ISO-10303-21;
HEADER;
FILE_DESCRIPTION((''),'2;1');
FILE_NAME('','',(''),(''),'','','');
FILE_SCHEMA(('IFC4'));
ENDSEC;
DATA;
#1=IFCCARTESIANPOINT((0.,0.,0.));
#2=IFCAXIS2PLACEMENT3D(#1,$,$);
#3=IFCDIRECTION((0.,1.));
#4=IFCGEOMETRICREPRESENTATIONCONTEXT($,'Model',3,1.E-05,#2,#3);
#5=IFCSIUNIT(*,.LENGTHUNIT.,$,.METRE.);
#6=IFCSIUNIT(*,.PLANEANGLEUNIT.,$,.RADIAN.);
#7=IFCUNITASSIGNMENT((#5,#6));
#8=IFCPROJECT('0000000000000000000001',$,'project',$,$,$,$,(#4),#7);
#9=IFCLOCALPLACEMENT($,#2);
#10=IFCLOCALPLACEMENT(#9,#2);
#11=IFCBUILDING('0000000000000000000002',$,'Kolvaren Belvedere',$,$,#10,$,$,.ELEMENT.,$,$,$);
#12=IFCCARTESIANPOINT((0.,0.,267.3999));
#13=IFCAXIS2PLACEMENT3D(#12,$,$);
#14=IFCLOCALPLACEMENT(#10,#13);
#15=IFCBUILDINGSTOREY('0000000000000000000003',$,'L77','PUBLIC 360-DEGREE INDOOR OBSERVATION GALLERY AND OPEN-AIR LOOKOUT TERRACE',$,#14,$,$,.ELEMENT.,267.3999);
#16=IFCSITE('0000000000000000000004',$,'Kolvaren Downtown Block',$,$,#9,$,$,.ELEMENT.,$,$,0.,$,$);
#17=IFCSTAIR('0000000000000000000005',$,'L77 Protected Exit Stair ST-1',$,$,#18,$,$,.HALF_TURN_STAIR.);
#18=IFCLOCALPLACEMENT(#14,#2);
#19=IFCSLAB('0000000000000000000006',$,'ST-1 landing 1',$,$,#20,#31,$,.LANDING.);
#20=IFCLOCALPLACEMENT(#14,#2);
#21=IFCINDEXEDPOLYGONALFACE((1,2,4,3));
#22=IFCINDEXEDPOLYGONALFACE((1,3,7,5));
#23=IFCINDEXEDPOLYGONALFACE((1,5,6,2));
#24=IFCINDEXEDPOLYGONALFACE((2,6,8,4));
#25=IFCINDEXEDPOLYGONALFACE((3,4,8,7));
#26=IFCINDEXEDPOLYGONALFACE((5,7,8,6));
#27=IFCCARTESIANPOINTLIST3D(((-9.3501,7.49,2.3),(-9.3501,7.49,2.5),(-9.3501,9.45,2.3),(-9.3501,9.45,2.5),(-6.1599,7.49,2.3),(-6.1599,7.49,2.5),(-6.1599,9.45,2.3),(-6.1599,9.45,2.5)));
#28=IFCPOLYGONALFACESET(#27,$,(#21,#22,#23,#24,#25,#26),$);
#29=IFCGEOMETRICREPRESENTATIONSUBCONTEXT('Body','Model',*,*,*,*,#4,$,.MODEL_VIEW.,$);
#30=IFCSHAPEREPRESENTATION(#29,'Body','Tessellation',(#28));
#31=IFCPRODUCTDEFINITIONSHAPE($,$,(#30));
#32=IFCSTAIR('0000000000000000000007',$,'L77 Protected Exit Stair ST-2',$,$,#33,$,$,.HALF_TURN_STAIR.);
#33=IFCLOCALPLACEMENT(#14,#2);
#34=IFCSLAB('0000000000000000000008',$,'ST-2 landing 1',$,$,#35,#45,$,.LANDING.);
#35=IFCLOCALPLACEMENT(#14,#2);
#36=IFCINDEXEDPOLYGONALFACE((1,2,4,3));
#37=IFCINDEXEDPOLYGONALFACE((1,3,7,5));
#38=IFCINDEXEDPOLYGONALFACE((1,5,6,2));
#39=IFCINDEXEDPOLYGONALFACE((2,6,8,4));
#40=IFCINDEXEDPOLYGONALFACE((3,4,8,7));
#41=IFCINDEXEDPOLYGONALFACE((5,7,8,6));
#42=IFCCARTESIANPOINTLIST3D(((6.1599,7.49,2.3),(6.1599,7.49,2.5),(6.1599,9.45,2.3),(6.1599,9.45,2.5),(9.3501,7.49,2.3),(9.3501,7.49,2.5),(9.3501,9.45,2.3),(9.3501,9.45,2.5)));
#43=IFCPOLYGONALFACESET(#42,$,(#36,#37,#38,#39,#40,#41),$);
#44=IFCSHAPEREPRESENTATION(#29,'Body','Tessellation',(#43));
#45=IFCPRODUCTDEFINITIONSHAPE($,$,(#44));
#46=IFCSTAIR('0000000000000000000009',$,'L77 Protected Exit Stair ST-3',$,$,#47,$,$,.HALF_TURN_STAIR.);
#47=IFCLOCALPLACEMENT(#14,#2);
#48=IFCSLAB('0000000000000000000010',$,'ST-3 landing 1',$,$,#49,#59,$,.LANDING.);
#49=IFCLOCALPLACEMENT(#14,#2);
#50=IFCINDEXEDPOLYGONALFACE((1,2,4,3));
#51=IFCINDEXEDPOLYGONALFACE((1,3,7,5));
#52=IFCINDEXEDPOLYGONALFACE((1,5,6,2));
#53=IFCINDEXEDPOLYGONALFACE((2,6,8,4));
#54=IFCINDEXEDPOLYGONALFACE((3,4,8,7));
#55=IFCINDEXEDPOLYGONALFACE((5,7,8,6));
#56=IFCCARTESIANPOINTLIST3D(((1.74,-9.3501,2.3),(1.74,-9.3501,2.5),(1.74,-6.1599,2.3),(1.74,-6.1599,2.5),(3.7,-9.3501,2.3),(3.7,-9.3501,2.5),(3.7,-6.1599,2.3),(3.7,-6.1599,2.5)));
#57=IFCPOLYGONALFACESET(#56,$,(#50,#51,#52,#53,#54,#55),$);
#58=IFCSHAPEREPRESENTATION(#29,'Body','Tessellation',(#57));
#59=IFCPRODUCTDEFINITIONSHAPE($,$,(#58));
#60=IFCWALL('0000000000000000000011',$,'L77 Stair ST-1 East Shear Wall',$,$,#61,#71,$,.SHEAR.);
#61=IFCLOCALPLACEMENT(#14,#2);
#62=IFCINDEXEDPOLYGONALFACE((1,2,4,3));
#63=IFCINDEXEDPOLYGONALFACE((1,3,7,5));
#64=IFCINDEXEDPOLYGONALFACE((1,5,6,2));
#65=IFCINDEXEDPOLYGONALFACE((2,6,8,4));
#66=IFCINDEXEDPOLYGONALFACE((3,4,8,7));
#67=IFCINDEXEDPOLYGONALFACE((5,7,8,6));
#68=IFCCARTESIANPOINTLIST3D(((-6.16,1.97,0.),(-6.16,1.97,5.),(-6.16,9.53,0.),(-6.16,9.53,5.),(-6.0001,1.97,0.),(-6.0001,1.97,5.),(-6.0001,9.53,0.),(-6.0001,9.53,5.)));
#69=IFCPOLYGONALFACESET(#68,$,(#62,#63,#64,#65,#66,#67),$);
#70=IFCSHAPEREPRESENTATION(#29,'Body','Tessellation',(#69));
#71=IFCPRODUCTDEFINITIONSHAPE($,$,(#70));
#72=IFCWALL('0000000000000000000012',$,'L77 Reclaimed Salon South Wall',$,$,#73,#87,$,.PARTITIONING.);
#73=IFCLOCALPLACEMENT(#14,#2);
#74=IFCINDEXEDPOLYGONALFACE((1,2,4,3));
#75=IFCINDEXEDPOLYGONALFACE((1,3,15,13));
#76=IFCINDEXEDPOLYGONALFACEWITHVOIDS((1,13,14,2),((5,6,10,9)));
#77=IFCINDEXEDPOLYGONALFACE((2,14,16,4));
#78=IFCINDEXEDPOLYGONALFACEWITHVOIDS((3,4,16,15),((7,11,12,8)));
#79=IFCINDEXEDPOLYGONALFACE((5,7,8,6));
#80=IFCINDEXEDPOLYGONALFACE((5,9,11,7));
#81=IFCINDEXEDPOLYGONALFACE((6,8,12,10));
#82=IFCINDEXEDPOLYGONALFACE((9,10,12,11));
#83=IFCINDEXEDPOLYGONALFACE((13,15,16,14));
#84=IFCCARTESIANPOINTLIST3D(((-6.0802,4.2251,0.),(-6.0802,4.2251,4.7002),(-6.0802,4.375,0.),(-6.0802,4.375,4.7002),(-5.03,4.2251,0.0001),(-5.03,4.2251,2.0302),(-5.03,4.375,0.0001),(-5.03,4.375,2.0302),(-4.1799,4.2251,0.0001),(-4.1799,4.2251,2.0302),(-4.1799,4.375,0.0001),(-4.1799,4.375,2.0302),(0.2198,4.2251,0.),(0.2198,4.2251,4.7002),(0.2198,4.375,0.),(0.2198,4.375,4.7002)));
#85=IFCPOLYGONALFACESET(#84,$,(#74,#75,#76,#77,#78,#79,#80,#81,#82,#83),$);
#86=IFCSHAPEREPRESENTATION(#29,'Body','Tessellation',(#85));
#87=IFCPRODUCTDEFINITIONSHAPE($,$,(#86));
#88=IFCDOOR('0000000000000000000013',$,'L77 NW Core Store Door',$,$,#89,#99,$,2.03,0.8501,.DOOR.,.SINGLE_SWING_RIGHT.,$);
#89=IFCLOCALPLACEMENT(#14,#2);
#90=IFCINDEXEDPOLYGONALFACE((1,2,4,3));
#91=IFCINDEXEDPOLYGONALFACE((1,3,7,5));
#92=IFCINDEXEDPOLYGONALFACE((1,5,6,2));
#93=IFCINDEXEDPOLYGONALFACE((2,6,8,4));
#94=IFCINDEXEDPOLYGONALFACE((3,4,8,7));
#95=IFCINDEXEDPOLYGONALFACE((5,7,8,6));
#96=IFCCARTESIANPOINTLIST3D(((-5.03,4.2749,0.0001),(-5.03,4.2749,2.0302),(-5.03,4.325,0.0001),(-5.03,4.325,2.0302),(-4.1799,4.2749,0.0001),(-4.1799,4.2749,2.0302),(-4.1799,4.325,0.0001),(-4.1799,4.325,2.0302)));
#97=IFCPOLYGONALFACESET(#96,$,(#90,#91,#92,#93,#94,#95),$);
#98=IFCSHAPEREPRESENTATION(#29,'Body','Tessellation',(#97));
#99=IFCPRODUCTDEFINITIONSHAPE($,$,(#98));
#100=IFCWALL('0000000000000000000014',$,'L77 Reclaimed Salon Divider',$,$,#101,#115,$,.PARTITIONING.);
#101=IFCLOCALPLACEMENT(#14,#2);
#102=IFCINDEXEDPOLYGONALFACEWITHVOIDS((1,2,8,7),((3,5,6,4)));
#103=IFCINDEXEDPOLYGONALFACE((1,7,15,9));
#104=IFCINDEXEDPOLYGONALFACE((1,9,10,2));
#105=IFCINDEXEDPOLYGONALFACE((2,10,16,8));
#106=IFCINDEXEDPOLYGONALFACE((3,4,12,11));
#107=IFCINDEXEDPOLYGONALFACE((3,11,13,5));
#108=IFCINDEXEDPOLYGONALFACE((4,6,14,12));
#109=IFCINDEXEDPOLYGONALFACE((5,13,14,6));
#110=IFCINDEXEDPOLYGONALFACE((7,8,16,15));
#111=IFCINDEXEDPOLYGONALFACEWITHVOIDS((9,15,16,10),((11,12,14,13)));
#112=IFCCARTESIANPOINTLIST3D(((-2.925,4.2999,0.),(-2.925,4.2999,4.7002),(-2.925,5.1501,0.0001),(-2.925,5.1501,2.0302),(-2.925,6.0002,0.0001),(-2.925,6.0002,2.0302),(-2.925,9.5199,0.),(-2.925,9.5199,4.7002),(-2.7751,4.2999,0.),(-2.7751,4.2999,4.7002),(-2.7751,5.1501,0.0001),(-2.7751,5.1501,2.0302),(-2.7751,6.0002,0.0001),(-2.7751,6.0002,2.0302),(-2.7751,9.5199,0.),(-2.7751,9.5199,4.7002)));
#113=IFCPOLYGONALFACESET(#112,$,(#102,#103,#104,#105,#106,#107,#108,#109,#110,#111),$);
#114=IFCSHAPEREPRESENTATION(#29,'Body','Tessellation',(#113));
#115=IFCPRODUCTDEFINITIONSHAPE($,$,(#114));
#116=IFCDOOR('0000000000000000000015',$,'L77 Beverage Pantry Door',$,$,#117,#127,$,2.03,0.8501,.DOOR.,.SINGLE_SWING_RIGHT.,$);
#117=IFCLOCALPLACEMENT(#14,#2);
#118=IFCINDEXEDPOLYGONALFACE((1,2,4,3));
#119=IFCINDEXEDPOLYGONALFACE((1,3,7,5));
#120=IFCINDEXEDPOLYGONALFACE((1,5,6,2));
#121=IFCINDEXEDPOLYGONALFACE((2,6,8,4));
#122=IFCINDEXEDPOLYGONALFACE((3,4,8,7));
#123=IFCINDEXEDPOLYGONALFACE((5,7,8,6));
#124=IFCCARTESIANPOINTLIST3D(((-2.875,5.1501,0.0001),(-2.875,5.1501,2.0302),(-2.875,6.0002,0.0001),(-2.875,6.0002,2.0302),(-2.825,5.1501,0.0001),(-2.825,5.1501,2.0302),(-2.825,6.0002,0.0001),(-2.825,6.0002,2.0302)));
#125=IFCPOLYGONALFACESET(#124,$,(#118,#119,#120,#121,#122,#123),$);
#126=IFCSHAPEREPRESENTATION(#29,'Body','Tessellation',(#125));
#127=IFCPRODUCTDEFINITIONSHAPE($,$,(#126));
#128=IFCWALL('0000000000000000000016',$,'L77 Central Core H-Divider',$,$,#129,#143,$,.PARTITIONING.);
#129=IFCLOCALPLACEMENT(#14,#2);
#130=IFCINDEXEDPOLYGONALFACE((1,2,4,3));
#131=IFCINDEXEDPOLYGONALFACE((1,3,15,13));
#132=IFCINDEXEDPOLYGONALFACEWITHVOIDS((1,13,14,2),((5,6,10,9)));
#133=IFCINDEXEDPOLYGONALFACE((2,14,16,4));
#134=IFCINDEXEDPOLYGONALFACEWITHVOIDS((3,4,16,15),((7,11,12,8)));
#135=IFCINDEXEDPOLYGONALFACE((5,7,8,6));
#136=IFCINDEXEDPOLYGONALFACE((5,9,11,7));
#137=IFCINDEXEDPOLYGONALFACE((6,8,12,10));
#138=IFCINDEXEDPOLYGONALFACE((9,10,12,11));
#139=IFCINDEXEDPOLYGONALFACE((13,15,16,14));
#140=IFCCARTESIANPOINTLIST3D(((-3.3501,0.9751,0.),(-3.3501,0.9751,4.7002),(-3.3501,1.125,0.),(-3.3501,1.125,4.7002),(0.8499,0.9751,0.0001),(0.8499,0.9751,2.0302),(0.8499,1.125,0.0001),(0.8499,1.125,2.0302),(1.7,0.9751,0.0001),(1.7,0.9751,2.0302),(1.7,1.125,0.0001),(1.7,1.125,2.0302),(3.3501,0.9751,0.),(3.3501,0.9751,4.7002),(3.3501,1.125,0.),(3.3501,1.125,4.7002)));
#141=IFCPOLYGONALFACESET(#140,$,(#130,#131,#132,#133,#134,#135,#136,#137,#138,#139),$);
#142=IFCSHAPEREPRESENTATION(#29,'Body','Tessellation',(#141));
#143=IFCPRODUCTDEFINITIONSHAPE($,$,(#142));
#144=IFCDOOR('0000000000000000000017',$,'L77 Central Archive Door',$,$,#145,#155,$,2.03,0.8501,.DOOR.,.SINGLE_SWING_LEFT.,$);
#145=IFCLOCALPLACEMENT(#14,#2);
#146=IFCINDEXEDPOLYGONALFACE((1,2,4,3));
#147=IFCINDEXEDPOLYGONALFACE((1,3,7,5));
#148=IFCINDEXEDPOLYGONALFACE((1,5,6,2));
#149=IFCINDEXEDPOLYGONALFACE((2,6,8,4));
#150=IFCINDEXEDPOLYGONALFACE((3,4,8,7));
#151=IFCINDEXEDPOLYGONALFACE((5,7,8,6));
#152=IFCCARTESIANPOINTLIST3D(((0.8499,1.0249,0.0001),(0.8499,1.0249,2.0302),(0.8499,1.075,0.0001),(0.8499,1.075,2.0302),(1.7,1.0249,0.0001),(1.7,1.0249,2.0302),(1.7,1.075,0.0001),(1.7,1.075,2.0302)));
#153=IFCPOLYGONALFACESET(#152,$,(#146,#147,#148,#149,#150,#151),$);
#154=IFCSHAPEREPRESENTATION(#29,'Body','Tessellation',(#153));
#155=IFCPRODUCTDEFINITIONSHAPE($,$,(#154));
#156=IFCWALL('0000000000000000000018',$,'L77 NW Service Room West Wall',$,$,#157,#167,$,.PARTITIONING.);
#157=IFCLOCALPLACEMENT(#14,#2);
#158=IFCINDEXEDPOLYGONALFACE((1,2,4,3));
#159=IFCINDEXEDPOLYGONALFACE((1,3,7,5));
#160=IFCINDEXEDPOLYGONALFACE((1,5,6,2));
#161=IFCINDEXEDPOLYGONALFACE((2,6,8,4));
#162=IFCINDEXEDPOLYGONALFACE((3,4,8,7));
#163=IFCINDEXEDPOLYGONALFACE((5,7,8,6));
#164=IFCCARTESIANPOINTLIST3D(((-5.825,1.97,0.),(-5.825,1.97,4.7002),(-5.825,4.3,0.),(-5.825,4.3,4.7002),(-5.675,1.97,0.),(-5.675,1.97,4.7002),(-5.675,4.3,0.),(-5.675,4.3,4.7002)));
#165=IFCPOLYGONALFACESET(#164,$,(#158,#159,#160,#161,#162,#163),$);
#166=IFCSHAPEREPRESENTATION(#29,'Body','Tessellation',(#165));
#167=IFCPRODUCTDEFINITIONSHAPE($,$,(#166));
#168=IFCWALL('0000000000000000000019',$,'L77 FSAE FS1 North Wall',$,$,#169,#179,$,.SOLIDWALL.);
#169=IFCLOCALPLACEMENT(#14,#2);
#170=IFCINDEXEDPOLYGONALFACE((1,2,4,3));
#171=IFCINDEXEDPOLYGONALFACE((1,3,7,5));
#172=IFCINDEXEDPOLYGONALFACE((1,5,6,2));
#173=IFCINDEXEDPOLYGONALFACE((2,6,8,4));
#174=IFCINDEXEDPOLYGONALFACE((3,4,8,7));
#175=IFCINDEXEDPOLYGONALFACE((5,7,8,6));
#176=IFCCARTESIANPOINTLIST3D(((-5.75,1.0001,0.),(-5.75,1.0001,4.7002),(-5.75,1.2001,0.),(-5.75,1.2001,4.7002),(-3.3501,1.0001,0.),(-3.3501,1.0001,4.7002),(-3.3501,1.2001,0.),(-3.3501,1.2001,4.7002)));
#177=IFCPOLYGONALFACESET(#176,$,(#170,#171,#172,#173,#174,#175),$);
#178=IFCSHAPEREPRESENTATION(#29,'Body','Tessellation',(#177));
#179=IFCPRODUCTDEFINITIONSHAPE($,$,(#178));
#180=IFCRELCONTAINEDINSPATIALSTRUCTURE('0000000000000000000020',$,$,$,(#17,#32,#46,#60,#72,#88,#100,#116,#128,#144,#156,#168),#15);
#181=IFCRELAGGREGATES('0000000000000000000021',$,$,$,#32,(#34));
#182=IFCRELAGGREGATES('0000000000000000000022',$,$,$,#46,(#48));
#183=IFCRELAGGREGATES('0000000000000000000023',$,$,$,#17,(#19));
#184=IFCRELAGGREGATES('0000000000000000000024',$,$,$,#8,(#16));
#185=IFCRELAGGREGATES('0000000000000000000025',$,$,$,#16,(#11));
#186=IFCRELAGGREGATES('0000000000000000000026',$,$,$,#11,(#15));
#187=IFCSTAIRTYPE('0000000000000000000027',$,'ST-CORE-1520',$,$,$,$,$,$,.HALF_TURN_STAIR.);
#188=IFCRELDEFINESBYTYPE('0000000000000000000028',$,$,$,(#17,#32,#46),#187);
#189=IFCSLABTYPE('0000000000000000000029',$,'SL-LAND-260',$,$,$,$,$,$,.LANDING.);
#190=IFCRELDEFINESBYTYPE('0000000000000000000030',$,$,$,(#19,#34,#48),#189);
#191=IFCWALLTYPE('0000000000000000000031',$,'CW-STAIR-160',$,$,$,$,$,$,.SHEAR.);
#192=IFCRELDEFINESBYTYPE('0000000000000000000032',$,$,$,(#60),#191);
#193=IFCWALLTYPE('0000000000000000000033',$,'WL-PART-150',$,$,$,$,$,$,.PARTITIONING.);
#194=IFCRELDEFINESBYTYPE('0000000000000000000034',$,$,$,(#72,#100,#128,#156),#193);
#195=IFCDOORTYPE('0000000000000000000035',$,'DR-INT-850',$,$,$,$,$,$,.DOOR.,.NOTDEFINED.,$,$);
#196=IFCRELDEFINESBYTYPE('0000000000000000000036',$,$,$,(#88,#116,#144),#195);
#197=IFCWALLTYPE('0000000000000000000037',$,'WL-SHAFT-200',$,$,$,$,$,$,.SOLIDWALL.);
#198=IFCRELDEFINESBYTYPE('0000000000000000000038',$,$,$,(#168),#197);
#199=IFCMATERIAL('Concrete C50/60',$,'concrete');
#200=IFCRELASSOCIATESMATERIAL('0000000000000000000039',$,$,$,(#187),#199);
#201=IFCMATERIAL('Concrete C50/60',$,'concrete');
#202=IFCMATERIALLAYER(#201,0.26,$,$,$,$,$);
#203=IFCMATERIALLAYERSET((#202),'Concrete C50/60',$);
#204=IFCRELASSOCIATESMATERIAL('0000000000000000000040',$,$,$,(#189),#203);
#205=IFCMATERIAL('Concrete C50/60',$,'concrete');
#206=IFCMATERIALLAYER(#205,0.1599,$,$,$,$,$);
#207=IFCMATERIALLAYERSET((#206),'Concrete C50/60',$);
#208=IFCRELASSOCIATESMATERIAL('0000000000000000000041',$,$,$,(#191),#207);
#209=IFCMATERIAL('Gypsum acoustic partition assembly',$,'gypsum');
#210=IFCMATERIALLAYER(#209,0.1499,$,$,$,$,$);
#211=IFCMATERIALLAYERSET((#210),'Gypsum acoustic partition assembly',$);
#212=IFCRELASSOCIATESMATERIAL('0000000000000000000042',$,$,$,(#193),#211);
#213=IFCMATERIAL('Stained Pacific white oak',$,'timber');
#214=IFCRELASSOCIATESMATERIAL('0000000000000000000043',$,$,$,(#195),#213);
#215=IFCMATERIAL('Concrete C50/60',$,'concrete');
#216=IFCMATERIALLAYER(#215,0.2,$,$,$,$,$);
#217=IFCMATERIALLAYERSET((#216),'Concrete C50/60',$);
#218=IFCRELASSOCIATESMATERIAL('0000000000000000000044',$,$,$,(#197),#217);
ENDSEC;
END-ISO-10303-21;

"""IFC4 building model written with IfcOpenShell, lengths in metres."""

from ifc_helpers import new_model, si_unit, direction, frame, frame_2d, origin, place, context, subcontext, project, spatial, polyline, rectangle, outline, extrude, material, layer, layer_set, type_object, element, fill, aggregate, save


model = new_model("IFC4")

# Units and contexts
model_context = context("Model", 3, precision=1e-05, world=origin(), true_north=direction((0.0, 1.0)))
body_context = subcontext(model_context, "Body", "Model", "MODEL_VIEW")
ifc_project = project(units=[si_unit("LENGTHUNIT", "METRE"), si_unit("PLANEANGLEUNIT", "RADIAN")], contexts=[model_context])

# Site, building, storey
site_placement = place(None, origin())
site = spatial("IfcSite", under=ifc_project, at=site_placement, Name="Kolvaren Downtown Block", CompositionType="ELEMENT", RefElevation=0.0)
building_placement = place(site_placement, origin())
building = spatial("IfcBuilding", under=site, at=building_placement, Name="Kolvaren Belvedere", CompositionType="ELEMENT")
storey_placement = place(building_placement, frame((0.0, 0.0, 267.3999)))
storey = spatial("IfcBuildingStorey", under=building, at=storey_placement, Name="L77", Description="PUBLIC 360-DEGREE INDOOR OBSERVATION GALLERY AND OPEN-AIR LOOKOUT TERRACE", CompositionType="ELEMENT", Elevation=267.3999)

# Stairs, slabs
ifc_material_1 = material(Name="Concrete C50/60", Category="concrete")
stair_type = type_object("IfcStairType", Name="ST-CORE-1520", PredefinedType="HALF_TURN_STAIR", material=ifc_material_1)
stair_1_placement = place(storey_placement, origin())
stair_1 = element("IfcStair", 1, at=stair_1_placement, inside=storey, type_object=stair_type, Name="L77 Protected Exit Stair ST-1", PredefinedType="HALF_TURN_STAIR")
ifc_material_2 = material(Name="Concrete C50/60", Category="concrete")
ifc_layer_1 = layer(ifc_material_2, 0.26)
ifc_layer_set_1 = layer_set([ifc_layer_1], Name="Concrete C50/60")
slab_type = type_object("IfcSlabType", Name="SL-LAND-260", PredefinedType="LANDING", material=ifc_layer_set_1)
slab_1_placement = place(storey_placement, frame((0.0, 0.0, 2.3)))
slab_1 = element("IfcSlab", 2, at=slab_1_placement, type_object=slab_type, Name="ST-1 landing 1", PredefinedType="LANDING", context=body_context, shape_type="SweptSolid", body=[
    extrude(outline(polyline([(-6.1599, 7.49), (-6.1599, 9.45), (-9.3501, 9.45), (-9.3501, 7.49), (-6.1599, 7.49)])), origin(), (0.0, 0.0, 1.0), 0.2),
])
stair_2_placement = place(storey_placement, origin())
stair_2 = element("IfcStair", 3, at=stair_2_placement, inside=storey, type_object=stair_type, Name="L77 Protected Exit Stair ST-2", PredefinedType="HALF_TURN_STAIR")
slab_2_placement = place(storey_placement, frame((0.0, 0.0, 2.3)))
slab_2 = element("IfcSlab", 4, at=slab_2_placement, type_object=slab_type, Name="ST-2 landing 1", PredefinedType="LANDING", context=body_context, shape_type="SweptSolid", body=[
    extrude(outline(polyline([(9.3501, 7.49), (9.3501, 9.45), (6.1599, 9.45), (6.1599, 7.49), (9.3501, 7.49)])), origin(), (0.0, 0.0, 1.0), 0.2),
])
aggregate(stair_2, [slab_2])
stair_3_placement = place(storey_placement, origin())
stair_3 = element("IfcStair", 5, at=stair_3_placement, inside=storey, type_object=stair_type, Name="L77 Protected Exit Stair ST-3", PredefinedType="HALF_TURN_STAIR")
slab_3_placement = place(storey_placement, frame((0.0, 0.0, 2.3)))
slab_3 = element("IfcSlab", 6, at=slab_3_placement, type_object=slab_type, Name="ST-3 landing 1", PredefinedType="LANDING", context=body_context, shape_type="SweptSolid", body=[
    extrude(outline(polyline([(1.74, -9.3501), (3.7, -9.3501), (3.7, -6.1599), (1.74, -6.1599), (1.74, -9.3501)])), origin(), (0.0, 0.0, 1.0), 0.2),
])
aggregate(stair_3, [slab_3])

# Wall
ifc_material_3 = material(Name="Concrete C50/60", Category="concrete")
ifc_layer_2 = layer(ifc_material_3, 0.1599)
ifc_layer_set_2 = layer_set([ifc_layer_2], Name="Concrete C50/60")
wall_type_1 = type_object("IfcWallType", Name="CW-STAIR-160", PredefinedType="SHEAR", material=ifc_layer_set_2)
wall_1_placement = place(storey_placement, frame((-6.0801, 1.97, 0.0), z_axis=(0.0, 0.0, 1.0), x_axis=(0.0, 1.0, 0.0)))
element("IfcWall", 7, at=wall_1_placement, inside=storey, type_object=wall_type_1, Name="L77 Stair ST-1 East Shear Wall", PredefinedType="SHEAR", context=body_context, shape_type="SweptSolid", body=[
    extrude(rectangle(XDim=7.5601, YDim=0.1599, at=frame_2d((3.78, 0.0))), origin(), (0.0, 0.0, 1.0), 5.0),
])

# Walls, openings, doors
ifc_material_4 = material(Name="Gypsum acoustic partition assembly", Category="gypsum")
ifc_layer_3 = layer(ifc_material_4, 0.1499)
ifc_layer_set_3 = layer_set([ifc_layer_3], Name="Gypsum acoustic partition assembly")
wall_type_2 = type_object("IfcWallType", Name="WL-PART-150", PredefinedType="PARTITIONING", material=ifc_layer_set_3)
wall_2_placement = place(storey_placement, frame((-6.0801, 4.3, 0.0), z_axis=(0.0, 0.0, 1.0), x_axis=(1.0, 0.0, 0.0)))
wall_2 = element("IfcWall", 8, at=wall_2_placement, inside=storey, type_object=wall_type_2, Name="L77 Reclaimed Salon South Wall", PredefinedType="PARTITIONING", context=body_context, shape_type="SweptSolid", body=[
    extrude(rectangle(XDim=6.3, YDim=0.1499, at=frame_2d((3.1499, 0.0))), origin(), (0.0, 0.0, 1.0), 4.7002),
])
opening_1_placement = place(wall_2_placement, frame((1.05, 0.0, 0.0)))
opening_1 = element("IfcOpeningElement", 9, at=opening_1_placement, cuts=wall_2, PredefinedType="OPENING", context=body_context, shape_type="SweptSolid", body=[
    extrude(rectangle(XDim=0.8501, YDim=2.03, at=frame_2d((0.425, 1.0151))), frame((0.0, 0.085, 0.0), z_axis=(0.0, -1.0, 0.0), x_axis=(1.0, 0.0, 0.0)), (0.0, 0.0, 1.0), 0.1699),
])
ifc_material_5 = material(Name="Stained Pacific white oak", Category="timber")
door_type = type_object("IfcDoorType", Name="DR-INT-850", OperationType="NOTDEFINED", PredefinedType="DOOR", material=ifc_material_5)
door_1_placement = place(opening_1_placement, origin())
door_1 = element("IfcDoor", 10, at=door_1_placement, inside=storey, type_object=door_type, Name="L77 NW Core Store Door", OperationType="SINGLE_SWING_RIGHT", OverallHeight=2.03, OverallWidth=0.8501, PredefinedType="DOOR", context=body_context, shape_type="SweptSolid", body=[
    extrude(rectangle(XDim=0.8501, YDim=2.03, at=frame_2d((0.425, 1.0151))), frame((0.0, 0.0249, 0.0), z_axis=(0.0, -1.0, 0.0), x_axis=(1.0, 0.0, 0.0)), (0.0, 0.0, 1.0), 0.05),
])
fill(opening_1, door_1)
wall_3_placement = place(storey_placement, frame((-2.8501, 4.3, 0.0), z_axis=(0.0, 0.0, 1.0), x_axis=(0.0, 1.0, 0.0)))
wall_3 = element("IfcWall", 11, at=wall_3_placement, inside=storey, type_object=wall_type_2, Name="L77 Reclaimed Salon Divider", PredefinedType="PARTITIONING", context=body_context, shape_type="SweptSolid", body=[
    extrude(rectangle(XDim=5.22, YDim=0.1499, at=frame_2d((2.6099, 0.0))), origin(), (0.0, 0.0, 1.0), 4.7002),
])
opening_2_placement = place(wall_3_placement, frame((0.8501, 0.0, 0.0)))
opening_2 = element("IfcOpeningElement", 12, at=opening_2_placement, cuts=wall_3, PredefinedType="OPENING", context=body_context, shape_type="SweptSolid", body=[
    extrude(rectangle(XDim=0.8501, YDim=2.03, at=frame_2d((0.425, 1.0151))), frame((0.0, 0.085, 0.0), z_axis=(0.0, -1.0, 0.0), x_axis=(1.0, 0.0, 0.0)), (0.0, 0.0, 1.0), 0.1699),
])
door_2_placement = place(opening_2_placement, origin())
door_2 = element("IfcDoor", 13, at=door_2_placement, inside=storey, type_object=door_type, Name="L77 Beverage Pantry Door", OperationType="SINGLE_SWING_RIGHT", OverallHeight=2.03, OverallWidth=0.8501, PredefinedType="DOOR", context=body_context, shape_type="SweptSolid", body=[
    extrude(rectangle(XDim=0.8501, YDim=2.03, at=frame_2d((0.425, 1.0151))), frame((0.0, 0.0249, 0.0), z_axis=(0.0, -1.0, 0.0), x_axis=(1.0, 0.0, 0.0)), (0.0, 0.0, 1.0), 0.05),
])
fill(opening_2, door_2)
wall_4_placement = place(storey_placement, frame((-3.3501, 1.05, 0.0), z_axis=(0.0, 0.0, 1.0), x_axis=(1.0, 0.0, 0.0)))
wall_4 = element("IfcWall", 14, at=wall_4_placement, inside=storey, type_object=wall_type_2, Name="L77 Central Core H-Divider", PredefinedType="PARTITIONING", context=body_context, shape_type="SweptSolid", body=[
    extrude(rectangle(XDim=6.7002, YDim=0.1499, at=frame_2d((3.3501, 0.0))), origin(), (0.0, 0.0, 1.0), 4.7002),
])
opening_3_placement = place(wall_4_placement, frame((4.2, 0.0, 0.0)))
opening_3 = element("IfcOpeningElement", 15, at=opening_3_placement, cuts=wall_4, PredefinedType="OPENING", context=body_context, shape_type="SweptSolid", body=[
    extrude(rectangle(XDim=0.8501, YDim=2.03, at=frame_2d((0.425, 1.0151))), frame((0.0, 0.085, 0.0), z_axis=(0.0, -1.0, 0.0), x_axis=(1.0, 0.0, 0.0)), (0.0, 0.0, 1.0), 0.1699),
])
door_3_placement = place(opening_3_placement, origin())
door_3 = element("IfcDoor", 16, at=door_3_placement, inside=storey, type_object=door_type, Name="L77 Central Archive Door", OperationType="SINGLE_SWING_LEFT", OverallHeight=2.03, OverallWidth=0.8501, PredefinedType="DOOR", context=body_context, shape_type="SweptSolid", body=[
    extrude(rectangle(XDim=0.8501, YDim=2.03, at=frame_2d((0.425, 1.0151))), frame((0.0, 0.0249, 0.0), z_axis=(0.0, -1.0, 0.0), x_axis=(1.0, 0.0, 0.0)), (0.0, 0.0, 1.0), 0.05),
])
fill(opening_3, door_3)

# Walls
wall_5_placement = place(storey_placement, frame((-5.75, 1.97, 0.0), z_axis=(0.0, 0.0, 1.0), x_axis=(0.0, 1.0, 0.0)))
element("IfcWall", 17, at=wall_5_placement, inside=storey, type_object=wall_type_2, Name="L77 NW Service Room West Wall", PredefinedType="PARTITIONING", context=body_context, shape_type="SweptSolid", body=[
    extrude(rectangle(XDim=2.3301, YDim=0.1499, at=frame_2d((1.165, 0.0))), origin(), (0.0, 0.0, 1.0), 4.7002),
])
ifc_material_6 = material(Name="Concrete C50/60", Category="concrete")
ifc_layer_4 = layer(ifc_material_6, 0.2)
ifc_layer_set_4 = layer_set([ifc_layer_4], Name="Concrete C50/60")
wall_type_3 = type_object("IfcWallType", Name="WL-SHAFT-200", PredefinedType="SOLIDWALL", material=ifc_layer_set_4)
wall_6_placement = place(storey_placement, frame((-5.75, 1.1001, 0.0), z_axis=(0.0, 0.0, 1.0), x_axis=(1.0, 0.0, 0.0)))
element("IfcWall", 18, at=wall_6_placement, inside=storey, type_object=wall_type_3, Name="L77 FSAE FS1 North Wall", PredefinedType="SOLIDWALL", context=body_context, shape_type="SweptSolid", body=[
    extrude(rectangle(XDim=2.3999, YDim=0.2, at=frame_2d((1.2, 0.0))), origin(), (0.0, 0.0, 1.0), 4.7002),
])

aggregate(stair_1, [slab_1])

save(model, "model.ifc")
